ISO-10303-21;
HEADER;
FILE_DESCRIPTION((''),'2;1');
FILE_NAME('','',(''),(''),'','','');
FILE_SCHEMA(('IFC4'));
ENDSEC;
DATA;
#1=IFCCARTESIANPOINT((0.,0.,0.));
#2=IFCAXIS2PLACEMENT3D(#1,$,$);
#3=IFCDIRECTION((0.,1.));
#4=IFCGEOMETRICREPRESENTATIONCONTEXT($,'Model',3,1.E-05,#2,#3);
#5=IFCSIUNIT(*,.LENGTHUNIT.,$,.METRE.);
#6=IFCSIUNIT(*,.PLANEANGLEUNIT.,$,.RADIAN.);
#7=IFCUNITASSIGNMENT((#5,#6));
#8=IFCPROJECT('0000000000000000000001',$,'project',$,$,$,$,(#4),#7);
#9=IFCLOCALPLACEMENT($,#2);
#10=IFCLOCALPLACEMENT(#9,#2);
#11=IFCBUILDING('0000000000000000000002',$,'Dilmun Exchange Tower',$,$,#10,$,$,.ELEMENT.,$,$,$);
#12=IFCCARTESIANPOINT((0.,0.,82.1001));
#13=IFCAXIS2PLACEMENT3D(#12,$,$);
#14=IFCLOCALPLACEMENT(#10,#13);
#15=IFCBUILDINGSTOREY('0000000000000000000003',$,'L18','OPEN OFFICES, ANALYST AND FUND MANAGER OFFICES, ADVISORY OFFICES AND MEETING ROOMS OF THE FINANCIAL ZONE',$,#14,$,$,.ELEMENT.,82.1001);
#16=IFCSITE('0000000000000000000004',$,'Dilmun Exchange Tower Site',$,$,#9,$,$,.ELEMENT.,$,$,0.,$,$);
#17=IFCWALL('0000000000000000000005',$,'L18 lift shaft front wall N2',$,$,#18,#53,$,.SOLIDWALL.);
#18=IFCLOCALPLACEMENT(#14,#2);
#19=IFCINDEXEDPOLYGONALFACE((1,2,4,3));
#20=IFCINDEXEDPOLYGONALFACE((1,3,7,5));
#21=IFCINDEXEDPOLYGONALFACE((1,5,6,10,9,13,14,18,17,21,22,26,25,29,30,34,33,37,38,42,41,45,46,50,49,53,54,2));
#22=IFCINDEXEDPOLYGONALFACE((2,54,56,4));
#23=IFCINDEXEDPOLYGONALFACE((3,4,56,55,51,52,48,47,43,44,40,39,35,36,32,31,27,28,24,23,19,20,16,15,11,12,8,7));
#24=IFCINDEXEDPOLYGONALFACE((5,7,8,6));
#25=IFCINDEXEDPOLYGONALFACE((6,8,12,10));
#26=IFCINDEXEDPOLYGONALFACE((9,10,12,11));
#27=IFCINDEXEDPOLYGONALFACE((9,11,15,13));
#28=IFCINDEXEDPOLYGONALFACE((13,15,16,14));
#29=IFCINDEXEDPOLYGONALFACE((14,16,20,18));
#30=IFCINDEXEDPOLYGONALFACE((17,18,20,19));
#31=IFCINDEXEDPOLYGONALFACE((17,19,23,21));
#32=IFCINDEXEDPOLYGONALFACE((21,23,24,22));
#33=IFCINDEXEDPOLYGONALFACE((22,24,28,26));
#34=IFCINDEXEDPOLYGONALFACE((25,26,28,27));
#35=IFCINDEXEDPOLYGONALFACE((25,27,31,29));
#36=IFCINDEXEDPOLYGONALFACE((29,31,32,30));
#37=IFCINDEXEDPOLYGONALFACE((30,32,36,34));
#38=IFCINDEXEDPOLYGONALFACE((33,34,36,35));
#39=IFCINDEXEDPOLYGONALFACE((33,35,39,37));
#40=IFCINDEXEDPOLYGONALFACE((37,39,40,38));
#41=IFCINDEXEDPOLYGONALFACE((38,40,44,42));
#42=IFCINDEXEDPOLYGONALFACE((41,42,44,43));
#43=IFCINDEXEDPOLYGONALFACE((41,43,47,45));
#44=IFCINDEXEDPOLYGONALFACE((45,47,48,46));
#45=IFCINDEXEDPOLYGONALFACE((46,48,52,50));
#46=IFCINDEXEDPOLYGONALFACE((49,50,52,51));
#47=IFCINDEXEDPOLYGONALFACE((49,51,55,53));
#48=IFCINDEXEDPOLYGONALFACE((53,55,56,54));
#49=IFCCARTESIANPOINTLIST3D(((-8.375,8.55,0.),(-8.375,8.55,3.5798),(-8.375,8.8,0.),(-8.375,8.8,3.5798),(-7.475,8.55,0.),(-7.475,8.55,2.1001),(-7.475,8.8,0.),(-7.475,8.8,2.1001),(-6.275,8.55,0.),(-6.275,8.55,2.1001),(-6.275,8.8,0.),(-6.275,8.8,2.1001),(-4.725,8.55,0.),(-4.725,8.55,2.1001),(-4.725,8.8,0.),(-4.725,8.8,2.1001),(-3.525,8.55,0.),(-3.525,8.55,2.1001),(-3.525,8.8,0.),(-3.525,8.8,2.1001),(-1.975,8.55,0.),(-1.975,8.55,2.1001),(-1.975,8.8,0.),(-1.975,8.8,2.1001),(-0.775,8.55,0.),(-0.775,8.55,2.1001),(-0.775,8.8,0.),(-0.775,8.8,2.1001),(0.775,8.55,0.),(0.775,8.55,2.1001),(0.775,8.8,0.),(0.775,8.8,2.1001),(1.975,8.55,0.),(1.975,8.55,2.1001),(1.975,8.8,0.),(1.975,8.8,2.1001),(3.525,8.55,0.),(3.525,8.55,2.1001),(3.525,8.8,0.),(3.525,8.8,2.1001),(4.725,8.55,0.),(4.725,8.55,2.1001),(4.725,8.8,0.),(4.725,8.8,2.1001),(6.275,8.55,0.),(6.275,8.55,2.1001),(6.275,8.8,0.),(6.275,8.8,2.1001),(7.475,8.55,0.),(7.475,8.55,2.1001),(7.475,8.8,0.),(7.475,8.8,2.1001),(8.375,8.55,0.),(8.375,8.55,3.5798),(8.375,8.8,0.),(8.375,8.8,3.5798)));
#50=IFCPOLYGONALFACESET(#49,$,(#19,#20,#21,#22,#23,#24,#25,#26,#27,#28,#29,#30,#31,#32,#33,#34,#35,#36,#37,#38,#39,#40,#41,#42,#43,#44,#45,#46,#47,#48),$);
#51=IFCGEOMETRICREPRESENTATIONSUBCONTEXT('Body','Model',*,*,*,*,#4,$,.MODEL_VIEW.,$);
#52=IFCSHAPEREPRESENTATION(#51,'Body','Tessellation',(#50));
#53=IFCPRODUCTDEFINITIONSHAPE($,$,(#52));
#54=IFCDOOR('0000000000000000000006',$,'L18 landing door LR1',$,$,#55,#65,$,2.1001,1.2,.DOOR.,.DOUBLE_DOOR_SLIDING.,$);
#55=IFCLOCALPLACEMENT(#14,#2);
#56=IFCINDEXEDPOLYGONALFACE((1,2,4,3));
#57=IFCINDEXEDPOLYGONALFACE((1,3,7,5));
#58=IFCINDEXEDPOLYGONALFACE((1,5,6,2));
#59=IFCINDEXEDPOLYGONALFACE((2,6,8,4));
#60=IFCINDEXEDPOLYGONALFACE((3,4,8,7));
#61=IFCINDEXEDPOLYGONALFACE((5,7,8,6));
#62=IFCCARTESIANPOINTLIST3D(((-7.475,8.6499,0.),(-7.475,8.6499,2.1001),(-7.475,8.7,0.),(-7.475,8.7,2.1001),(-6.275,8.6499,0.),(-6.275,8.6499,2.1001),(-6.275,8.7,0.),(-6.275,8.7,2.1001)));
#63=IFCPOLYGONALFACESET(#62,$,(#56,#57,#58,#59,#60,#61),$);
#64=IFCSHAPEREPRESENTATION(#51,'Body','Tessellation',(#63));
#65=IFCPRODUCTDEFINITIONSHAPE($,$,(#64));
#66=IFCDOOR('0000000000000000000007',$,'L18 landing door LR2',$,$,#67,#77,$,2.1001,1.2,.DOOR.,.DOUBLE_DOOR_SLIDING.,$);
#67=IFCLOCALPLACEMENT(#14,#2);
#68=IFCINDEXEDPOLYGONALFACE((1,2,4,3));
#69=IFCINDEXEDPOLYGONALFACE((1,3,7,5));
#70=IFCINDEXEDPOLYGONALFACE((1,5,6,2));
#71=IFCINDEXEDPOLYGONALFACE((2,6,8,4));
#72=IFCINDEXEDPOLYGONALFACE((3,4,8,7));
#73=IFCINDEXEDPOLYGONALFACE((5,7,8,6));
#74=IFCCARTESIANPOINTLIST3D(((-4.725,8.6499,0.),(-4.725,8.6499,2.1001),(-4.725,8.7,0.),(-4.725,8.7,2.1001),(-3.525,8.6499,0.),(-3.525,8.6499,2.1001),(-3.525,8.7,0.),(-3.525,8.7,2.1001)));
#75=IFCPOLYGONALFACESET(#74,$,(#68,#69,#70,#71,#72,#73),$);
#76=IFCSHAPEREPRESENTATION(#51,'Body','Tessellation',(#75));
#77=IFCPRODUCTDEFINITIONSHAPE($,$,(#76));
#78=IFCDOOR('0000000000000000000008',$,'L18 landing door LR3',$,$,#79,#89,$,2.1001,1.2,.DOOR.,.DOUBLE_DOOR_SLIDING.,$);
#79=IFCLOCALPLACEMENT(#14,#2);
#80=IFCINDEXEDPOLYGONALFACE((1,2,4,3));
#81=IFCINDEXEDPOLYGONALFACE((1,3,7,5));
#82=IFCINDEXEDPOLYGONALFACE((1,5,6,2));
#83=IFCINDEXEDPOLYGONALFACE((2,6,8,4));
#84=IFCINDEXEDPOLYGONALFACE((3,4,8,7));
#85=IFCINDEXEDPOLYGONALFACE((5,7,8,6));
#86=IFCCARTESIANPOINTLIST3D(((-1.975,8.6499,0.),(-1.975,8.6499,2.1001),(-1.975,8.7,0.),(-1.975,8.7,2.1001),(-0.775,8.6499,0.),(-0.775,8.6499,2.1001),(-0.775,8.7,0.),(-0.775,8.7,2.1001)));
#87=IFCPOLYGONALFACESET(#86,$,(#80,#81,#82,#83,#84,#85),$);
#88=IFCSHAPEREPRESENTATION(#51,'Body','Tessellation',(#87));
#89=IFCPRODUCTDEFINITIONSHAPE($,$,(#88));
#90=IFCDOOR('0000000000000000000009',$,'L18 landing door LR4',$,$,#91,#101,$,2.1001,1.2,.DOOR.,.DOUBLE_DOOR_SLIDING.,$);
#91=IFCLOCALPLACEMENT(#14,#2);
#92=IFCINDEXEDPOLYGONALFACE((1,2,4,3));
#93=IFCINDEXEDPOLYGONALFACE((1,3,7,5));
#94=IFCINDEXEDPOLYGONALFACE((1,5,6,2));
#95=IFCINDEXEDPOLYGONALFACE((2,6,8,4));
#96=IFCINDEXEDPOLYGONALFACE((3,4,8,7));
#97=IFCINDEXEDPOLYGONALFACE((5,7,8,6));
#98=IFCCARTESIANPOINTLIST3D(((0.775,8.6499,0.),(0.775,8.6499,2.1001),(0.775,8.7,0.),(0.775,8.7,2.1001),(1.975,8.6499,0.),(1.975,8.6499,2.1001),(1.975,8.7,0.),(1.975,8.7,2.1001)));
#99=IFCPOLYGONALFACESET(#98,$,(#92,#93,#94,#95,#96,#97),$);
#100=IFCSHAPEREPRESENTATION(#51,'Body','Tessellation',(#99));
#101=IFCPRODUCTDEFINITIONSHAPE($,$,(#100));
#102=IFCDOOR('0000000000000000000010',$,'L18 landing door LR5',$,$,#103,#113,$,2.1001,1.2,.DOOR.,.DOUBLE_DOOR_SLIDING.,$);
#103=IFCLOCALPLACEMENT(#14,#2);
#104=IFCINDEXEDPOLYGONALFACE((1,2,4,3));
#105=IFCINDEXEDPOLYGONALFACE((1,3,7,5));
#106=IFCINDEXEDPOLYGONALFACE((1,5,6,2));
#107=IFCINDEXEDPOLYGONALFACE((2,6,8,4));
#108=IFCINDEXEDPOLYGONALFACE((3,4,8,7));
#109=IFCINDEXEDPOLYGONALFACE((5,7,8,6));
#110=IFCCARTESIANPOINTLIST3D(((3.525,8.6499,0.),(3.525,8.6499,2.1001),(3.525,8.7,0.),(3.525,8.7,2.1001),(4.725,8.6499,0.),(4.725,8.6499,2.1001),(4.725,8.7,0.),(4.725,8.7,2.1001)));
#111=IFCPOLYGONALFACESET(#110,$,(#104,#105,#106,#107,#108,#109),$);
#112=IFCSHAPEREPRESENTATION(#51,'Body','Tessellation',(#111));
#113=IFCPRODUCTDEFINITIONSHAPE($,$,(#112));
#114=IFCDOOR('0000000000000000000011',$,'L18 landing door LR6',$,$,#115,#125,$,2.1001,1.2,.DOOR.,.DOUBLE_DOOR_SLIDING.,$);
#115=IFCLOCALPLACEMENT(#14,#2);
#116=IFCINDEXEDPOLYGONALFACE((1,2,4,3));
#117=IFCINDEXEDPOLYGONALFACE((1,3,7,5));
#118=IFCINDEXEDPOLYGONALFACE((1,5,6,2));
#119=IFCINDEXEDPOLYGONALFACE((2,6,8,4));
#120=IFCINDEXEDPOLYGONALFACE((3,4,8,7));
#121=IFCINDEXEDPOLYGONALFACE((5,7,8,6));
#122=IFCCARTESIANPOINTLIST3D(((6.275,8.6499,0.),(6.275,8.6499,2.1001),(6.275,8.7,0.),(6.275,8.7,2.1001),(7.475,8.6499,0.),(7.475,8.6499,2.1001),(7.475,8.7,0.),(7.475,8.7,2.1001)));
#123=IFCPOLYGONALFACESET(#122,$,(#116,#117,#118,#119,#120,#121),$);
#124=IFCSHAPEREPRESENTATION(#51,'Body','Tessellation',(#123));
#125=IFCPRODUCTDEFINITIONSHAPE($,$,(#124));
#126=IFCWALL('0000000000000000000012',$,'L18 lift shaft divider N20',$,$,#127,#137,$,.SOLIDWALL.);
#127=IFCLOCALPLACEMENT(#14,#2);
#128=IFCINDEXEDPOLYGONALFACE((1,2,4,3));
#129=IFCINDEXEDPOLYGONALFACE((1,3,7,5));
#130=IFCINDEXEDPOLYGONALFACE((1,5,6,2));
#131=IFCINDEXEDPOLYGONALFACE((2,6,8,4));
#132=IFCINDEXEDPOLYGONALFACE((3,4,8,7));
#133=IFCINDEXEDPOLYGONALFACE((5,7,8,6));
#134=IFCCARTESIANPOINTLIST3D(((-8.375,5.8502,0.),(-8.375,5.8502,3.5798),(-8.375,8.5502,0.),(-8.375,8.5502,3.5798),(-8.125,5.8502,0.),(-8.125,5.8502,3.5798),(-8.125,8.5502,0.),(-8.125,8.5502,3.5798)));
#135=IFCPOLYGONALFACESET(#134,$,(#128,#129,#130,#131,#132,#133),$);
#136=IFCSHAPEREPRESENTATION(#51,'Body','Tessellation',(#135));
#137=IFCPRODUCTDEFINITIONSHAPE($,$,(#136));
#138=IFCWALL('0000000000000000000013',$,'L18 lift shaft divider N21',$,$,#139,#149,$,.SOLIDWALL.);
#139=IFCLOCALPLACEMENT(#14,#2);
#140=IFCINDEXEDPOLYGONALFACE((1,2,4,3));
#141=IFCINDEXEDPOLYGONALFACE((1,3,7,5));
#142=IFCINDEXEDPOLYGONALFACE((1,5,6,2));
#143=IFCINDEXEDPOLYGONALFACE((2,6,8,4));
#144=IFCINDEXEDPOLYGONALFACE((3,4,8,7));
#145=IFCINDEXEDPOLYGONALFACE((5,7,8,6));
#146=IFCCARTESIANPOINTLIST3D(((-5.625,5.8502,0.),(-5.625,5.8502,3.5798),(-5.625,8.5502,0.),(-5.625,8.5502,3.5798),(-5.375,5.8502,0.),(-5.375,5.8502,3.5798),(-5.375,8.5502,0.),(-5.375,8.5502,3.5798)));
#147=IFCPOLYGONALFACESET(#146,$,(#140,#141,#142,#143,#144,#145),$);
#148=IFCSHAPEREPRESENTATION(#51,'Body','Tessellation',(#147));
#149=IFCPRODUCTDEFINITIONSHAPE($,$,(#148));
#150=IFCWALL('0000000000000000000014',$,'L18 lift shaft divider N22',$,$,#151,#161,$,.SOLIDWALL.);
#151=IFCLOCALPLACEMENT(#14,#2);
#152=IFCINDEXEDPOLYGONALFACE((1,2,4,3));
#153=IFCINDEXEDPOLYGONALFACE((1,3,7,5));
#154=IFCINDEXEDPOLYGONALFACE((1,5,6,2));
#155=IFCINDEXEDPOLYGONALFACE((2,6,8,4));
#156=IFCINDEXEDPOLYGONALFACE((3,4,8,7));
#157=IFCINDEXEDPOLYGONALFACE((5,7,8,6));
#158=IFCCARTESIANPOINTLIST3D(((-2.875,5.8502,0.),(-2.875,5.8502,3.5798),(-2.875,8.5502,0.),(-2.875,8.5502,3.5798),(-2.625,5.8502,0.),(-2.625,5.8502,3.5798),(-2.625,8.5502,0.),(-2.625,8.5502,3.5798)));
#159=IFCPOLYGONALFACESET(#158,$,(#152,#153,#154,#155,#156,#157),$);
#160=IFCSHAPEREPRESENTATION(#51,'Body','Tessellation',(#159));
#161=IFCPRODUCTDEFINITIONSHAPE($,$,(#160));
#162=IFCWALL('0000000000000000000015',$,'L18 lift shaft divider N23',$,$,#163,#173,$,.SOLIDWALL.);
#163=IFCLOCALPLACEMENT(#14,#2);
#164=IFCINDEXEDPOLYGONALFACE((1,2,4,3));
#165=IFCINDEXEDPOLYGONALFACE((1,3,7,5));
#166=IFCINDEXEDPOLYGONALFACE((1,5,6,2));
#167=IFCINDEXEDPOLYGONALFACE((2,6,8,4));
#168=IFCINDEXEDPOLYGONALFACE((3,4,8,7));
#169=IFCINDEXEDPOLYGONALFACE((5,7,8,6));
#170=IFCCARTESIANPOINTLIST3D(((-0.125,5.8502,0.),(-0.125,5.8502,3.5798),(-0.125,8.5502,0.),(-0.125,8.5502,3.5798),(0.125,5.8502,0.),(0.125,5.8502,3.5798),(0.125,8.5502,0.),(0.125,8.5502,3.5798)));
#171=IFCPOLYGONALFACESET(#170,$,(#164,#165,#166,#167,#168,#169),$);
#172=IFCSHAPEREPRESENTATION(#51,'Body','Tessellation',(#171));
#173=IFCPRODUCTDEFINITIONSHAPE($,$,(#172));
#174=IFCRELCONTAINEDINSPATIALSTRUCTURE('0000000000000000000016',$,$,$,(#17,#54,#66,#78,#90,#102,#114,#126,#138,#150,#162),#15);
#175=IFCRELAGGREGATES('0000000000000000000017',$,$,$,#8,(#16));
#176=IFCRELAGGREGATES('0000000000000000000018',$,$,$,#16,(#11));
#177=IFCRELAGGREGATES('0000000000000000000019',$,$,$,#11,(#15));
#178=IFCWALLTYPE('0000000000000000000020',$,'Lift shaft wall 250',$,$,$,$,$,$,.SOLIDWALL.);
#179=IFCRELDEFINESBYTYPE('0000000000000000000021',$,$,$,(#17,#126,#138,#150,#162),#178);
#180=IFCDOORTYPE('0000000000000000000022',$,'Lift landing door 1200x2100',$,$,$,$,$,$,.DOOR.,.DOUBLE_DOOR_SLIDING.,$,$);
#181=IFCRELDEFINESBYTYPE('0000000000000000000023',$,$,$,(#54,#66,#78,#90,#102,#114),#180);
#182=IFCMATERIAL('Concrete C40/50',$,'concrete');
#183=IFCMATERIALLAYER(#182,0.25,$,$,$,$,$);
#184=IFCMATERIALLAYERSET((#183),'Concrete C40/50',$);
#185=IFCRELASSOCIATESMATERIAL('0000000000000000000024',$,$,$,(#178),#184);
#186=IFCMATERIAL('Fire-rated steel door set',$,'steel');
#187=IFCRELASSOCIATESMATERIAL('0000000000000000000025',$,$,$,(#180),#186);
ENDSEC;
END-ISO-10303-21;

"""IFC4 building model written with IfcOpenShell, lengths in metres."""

from ifc_helpers import new_model, si_unit, direction, frame, frame_2d, origin, place, context, subcontext, project, spatial, rectangle, extrude, material, layer, layer_set, type_object, element, fill, save


model = new_model("IFC4")

# Units and contexts
model_context = context("Model", 3, precision=1e-05, world=origin(), true_north=direction((0.0, 1.0)))
body_context = subcontext(model_context, "Body", "Model", "MODEL_VIEW")
ifc_project = project(units=[si_unit("LENGTHUNIT", "METRE"), si_unit("PLANEANGLEUNIT", "RADIAN")], contexts=[model_context])

# Site, building, storey
site_placement = place(None, origin())
site = spatial("IfcSite", under=ifc_project, at=site_placement, Name="Dilmun Exchange Tower Site", CompositionType="ELEMENT", RefElevation=0.0)
building_placement = place(site_placement, origin())
building = spatial("IfcBuilding", under=site, at=building_placement, Name="Dilmun Exchange Tower", CompositionType="ELEMENT")
storey_placement = place(building_placement, frame((0.0, 0.0, 82.1001)))
storey = spatial("IfcBuildingStorey", under=building, at=storey_placement, Name="L18", Description="OPEN OFFICES, ANALYST AND FUND MANAGER OFFICES, ADVISORY OFFICES AND MEETING ROOMS OF THE FINANCIAL ZONE", CompositionType="ELEMENT", Elevation=82.1001)

# Shared definitions
ifc_material_1 = material(Name="Concrete C40/50", Category="concrete")

# Shared definitions
ifc_material_2 = material(Name="Fire-rated steel door set", Category="steel")

# Wall, openings, doors
ifc_layer_1 = layer(ifc_material_1, 0.25)
ifc_layer_set_1 = layer_set([ifc_layer_1], Name="Concrete C40/50")
wall_type_1 = type_object("IfcWallType", Name="Lift shaft wall 250", PredefinedType="SOLIDWALL", material=ifc_layer_set_1)
wall_1_placement = place(storey_placement, frame((-8.375, 8.675, 0.0), z_axis=(0.0, 0.0, 1.0), x_axis=(1.0, 0.0, 0.0)))
wall_1 = element("IfcWall", 1, at=wall_1_placement, inside=storey, type_object=wall_type_1, Name="L18 lift shaft front wall N2", PredefinedType="SOLIDWALL", context=body_context, shape_type="SweptSolid", body=[
    extrude(rectangle(XDim=16.75, YDim=0.25, at=frame_2d((8.375, 0.0))), origin(), (0.0, 0.0, 1.0), 3.5798),
])
opening_1_placement = place(wall_1_placement, frame((0.8999, 0.0, 0.0)))
opening_1 = element("IfcOpeningElement", 2, at=opening_1_placement, cuts=wall_1, PredefinedType="OPENING", context=body_context, shape_type="SweptSolid", body=[
    extrude(rectangle(XDim=1.2, YDim=2.1001, at=frame_2d((0.6001, 1.05))), frame((0.0, 0.135, 0.0), z_axis=(0.0, -1.0, 0.0), x_axis=(1.0, 0.0, 0.0)), (0.0, 0.0, 1.0), 0.27),
])
opening_2_placement = place(wall_1_placement, frame((3.6499, 0.0, 0.0)))
opening_2 = element("IfcOpeningElement", 3, at=opening_2_placement, cuts=wall_1, PredefinedType="OPENING", context=body_context, shape_type="SweptSolid", body=[
    extrude(rectangle(XDim=1.2, YDim=2.1001, at=frame_2d((0.6001, 1.05))), frame((0.0, 0.135, 0.0), z_axis=(0.0, -1.0, 0.0), x_axis=(1.0, 0.0, 0.0)), (0.0, 0.0, 1.0), 0.27),
])
opening_3_placement = place(wall_1_placement, frame((6.3999, 0.0, 0.0)))
opening_3 = element("IfcOpeningElement", 4, at=opening_3_placement, cuts=wall_1, PredefinedType="OPENING", context=body_context, shape_type="SweptSolid", body=[
    extrude(rectangle(XDim=1.2, YDim=2.1001, at=frame_2d((0.6001, 1.05))), frame((0.0, 0.135, 0.0), z_axis=(0.0, -1.0, 0.0), x_axis=(1.0, 0.0, 0.0)), (0.0, 0.0, 1.0), 0.27),
])
opening_4_placement = place(wall_1_placement, frame((9.1499, 0.0, 0.0)))
opening_4 = element("IfcOpeningElement", 5, at=opening_4_placement, cuts=wall_1, PredefinedType="OPENING", context=body_context, shape_type="SweptSolid", body=[
    extrude(rectangle(XDim=1.2, YDim=2.1001, at=frame_2d((0.6001, 1.05))), frame((0.0, 0.135, 0.0), z_axis=(0.0, -1.0, 0.0), x_axis=(1.0, 0.0, 0.0)), (0.0, 0.0, 1.0), 0.27),
])
opening_5_placement = place(wall_1_placement, frame((11.8999, 0.0, 0.0)))
opening_5 = element("IfcOpeningElement", 6, at=opening_5_placement, cuts=wall_1, PredefinedType="OPENING", context=body_context, shape_type="SweptSolid", body=[
    extrude(rectangle(XDim=1.2, YDim=2.1001, at=frame_2d((0.6001, 1.05))), frame((0.0, 0.135, 0.0), z_axis=(0.0, -1.0, 0.0), x_axis=(1.0, 0.0, 0.0)), (0.0, 0.0, 1.0), 0.27),
])
opening_6_placement = place(wall_1_placement, frame((14.6499, 0.0, 0.0)))
opening_6 = element("IfcOpeningElement", 7, at=opening_6_placement, cuts=wall_1, PredefinedType="OPENING", context=body_context, shape_type="SweptSolid", body=[
    extrude(rectangle(XDim=1.2, YDim=2.1001, at=frame_2d((0.6001, 1.05))), frame((0.0, 0.135, 0.0), z_axis=(0.0, -1.0, 0.0), x_axis=(1.0, 0.0, 0.0)), (0.0, 0.0, 1.0), 0.27),
])
door_type_1 = type_object("IfcDoorType", Name="Lift landing door 1200x2100", OperationType="DOUBLE_DOOR_SLIDING", PredefinedType="DOOR", material=ifc_material_2)
door_1_placement = place(opening_1_placement, origin())
door_1 = element("IfcDoor", 8, at=door_1_placement, inside=storey, type_object=door_type_1, Name="L18 landing door LR1", OperationType="DOUBLE_DOOR_SLIDING", OverallHeight=2.1001, OverallWidth=1.2, PredefinedType="DOOR", context=body_context, shape_type="SweptSolid", body=[
    extrude(rectangle(XDim=1.2, YDim=2.1001, at=frame_2d((0.6001, 1.05))), frame((0.0, 0.0249, 0.0), z_axis=(0.0, -1.0, 0.0), x_axis=(1.0, 0.0, 0.0)), (0.0, 0.0, 1.0), 0.05),
])
fill(opening_1, door_1)
door_2_placement = place(opening_2_placement, origin())
door_2 = element("IfcDoor", 9, at=door_2_placement, inside=storey, type_object=door_type_1, Name="L18 landing door LR2", OperationType="DOUBLE_DOOR_SLIDING", OverallHeight=2.1001, OverallWidth=1.2, PredefinedType="DOOR", context=body_context, shape_type="SweptSolid", body=[
    extrude(rectangle(XDim=1.2, YDim=2.1001, at=frame_2d((0.6001, 1.05))), frame((0.0, 0.0249, 0.0), z_axis=(0.0, -1.0, 0.0), x_axis=(1.0, 0.0, 0.0)), (0.0, 0.0, 1.0), 0.05),
])
fill(opening_2, door_2)
door_3_placement = place(opening_3_placement, origin())
door_3 = element("IfcDoor", 10, at=door_3_placement, inside=storey, type_object=door_type_1, Name="L18 landing door LR3", OperationType="DOUBLE_DOOR_SLIDING", OverallHeight=2.1001, OverallWidth=1.2, PredefinedType="DOOR", context=body_context, shape_type="SweptSolid", body=[
    extrude(rectangle(XDim=1.2, YDim=2.1001, at=frame_2d((0.6001, 1.05))), frame((0.0, 0.0249, 0.0), z_axis=(0.0, -1.0, 0.0), x_axis=(1.0, 0.0, 0.0)), (0.0, 0.0, 1.0), 0.05),
])
fill(opening_3, door_3)
door_4_placement = place(opening_4_placement, origin())
door_4 = element("IfcDoor", 11, at=door_4_placement, inside=storey, type_object=door_type_1, Name="L18 landing door LR4", OperationType="DOUBLE_DOOR_SLIDING", OverallHeight=2.1001, OverallWidth=1.2, PredefinedType="DOOR", context=body_context, shape_type="SweptSolid", body=[
    extrude(rectangle(XDim=1.2, YDim=2.1001, at=frame_2d((0.6001, 1.05))), frame((0.0, 0.0249, 0.0), z_axis=(0.0, -1.0, 0.0), x_axis=(1.0, 0.0, 0.0)), (0.0, 0.0, 1.0), 0.05),
])
fill(opening_4, door_4)
door_5_placement = place(opening_5_placement, origin())
door_5 = element("IfcDoor", 12, at=door_5_placement, inside=storey, type_object=door_type_1, Name="L18 landing door LR5", OperationType="DOUBLE_DOOR_SLIDING", OverallHeight=2.1001, OverallWidth=1.2, PredefinedType="DOOR", context=body_context, shape_type="SweptSolid", body=[
    extrude(rectangle(XDim=1.2, YDim=2.1001, at=frame_2d((0.6001, 1.05))), frame((0.0, 0.0249, 0.0), z_axis=(0.0, -1.0, 0.0), x_axis=(1.0, 0.0, 0.0)), (0.0, 0.0, 1.0), 0.05),
])
fill(opening_5, door_5)
door_6_placement = place(opening_6_placement, origin())
door_6 = element("IfcDoor", 13, at=door_6_placement, inside=storey, type_object=door_type_1, Name="L18 landing door LR6", OperationType="DOUBLE_DOOR_SLIDING", OverallHeight=2.1001, OverallWidth=1.2, PredefinedType="DOOR", context=body_context, shape_type="SweptSolid", body=[
    extrude(rectangle(XDim=1.2, YDim=2.1001, at=frame_2d((0.6001, 1.05))), frame((0.0, 0.0249, 0.0), z_axis=(0.0, -1.0, 0.0), x_axis=(1.0, 0.0, 0.0)), (0.0, 0.0, 1.0), 0.05),
])
fill(opening_6, door_6)

# Walls
for number, where, z_axis, x_axis, name in (
    (14, (-8.25, 5.8501, 0.0), (0.0, 0.0, 1.0), (0.0, 1.0, 0.0), "L18 lift shaft divider N20"),
    (15, (-5.5, 5.8501, 0.0), (0.0, 0.0, 1.0), (0.0, 1.0, 0.0), "L18 lift shaft divider N21"),
    (16, (-2.75, 5.8501, 0.0), (0.0, 0.0, 1.0), (0.0, 1.0, 0.0), "L18 lift shaft divider N22"),
    (17, (0.0, 5.8501, 0.0), (0.0, 0.0, 1.0), (0.0, 1.0, 0.0), "L18 lift shaft divider N23"),
):
    element("IfcWall", number, at=place(storey_placement, frame(where, z_axis=z_axis, x_axis=x_axis)), inside=storey, type_object=wall_type_1, Name=name, PredefinedType="SOLIDWALL", context=body_context, shape_type="SweptSolid", body=[
        extrude(rectangle(XDim=2.7, YDim=0.25, at=frame_2d((1.3501, 0.0))), origin(), (0.0, 0.0, 1.0), 3.5798),
    ])

save(model, "model.ifc")
